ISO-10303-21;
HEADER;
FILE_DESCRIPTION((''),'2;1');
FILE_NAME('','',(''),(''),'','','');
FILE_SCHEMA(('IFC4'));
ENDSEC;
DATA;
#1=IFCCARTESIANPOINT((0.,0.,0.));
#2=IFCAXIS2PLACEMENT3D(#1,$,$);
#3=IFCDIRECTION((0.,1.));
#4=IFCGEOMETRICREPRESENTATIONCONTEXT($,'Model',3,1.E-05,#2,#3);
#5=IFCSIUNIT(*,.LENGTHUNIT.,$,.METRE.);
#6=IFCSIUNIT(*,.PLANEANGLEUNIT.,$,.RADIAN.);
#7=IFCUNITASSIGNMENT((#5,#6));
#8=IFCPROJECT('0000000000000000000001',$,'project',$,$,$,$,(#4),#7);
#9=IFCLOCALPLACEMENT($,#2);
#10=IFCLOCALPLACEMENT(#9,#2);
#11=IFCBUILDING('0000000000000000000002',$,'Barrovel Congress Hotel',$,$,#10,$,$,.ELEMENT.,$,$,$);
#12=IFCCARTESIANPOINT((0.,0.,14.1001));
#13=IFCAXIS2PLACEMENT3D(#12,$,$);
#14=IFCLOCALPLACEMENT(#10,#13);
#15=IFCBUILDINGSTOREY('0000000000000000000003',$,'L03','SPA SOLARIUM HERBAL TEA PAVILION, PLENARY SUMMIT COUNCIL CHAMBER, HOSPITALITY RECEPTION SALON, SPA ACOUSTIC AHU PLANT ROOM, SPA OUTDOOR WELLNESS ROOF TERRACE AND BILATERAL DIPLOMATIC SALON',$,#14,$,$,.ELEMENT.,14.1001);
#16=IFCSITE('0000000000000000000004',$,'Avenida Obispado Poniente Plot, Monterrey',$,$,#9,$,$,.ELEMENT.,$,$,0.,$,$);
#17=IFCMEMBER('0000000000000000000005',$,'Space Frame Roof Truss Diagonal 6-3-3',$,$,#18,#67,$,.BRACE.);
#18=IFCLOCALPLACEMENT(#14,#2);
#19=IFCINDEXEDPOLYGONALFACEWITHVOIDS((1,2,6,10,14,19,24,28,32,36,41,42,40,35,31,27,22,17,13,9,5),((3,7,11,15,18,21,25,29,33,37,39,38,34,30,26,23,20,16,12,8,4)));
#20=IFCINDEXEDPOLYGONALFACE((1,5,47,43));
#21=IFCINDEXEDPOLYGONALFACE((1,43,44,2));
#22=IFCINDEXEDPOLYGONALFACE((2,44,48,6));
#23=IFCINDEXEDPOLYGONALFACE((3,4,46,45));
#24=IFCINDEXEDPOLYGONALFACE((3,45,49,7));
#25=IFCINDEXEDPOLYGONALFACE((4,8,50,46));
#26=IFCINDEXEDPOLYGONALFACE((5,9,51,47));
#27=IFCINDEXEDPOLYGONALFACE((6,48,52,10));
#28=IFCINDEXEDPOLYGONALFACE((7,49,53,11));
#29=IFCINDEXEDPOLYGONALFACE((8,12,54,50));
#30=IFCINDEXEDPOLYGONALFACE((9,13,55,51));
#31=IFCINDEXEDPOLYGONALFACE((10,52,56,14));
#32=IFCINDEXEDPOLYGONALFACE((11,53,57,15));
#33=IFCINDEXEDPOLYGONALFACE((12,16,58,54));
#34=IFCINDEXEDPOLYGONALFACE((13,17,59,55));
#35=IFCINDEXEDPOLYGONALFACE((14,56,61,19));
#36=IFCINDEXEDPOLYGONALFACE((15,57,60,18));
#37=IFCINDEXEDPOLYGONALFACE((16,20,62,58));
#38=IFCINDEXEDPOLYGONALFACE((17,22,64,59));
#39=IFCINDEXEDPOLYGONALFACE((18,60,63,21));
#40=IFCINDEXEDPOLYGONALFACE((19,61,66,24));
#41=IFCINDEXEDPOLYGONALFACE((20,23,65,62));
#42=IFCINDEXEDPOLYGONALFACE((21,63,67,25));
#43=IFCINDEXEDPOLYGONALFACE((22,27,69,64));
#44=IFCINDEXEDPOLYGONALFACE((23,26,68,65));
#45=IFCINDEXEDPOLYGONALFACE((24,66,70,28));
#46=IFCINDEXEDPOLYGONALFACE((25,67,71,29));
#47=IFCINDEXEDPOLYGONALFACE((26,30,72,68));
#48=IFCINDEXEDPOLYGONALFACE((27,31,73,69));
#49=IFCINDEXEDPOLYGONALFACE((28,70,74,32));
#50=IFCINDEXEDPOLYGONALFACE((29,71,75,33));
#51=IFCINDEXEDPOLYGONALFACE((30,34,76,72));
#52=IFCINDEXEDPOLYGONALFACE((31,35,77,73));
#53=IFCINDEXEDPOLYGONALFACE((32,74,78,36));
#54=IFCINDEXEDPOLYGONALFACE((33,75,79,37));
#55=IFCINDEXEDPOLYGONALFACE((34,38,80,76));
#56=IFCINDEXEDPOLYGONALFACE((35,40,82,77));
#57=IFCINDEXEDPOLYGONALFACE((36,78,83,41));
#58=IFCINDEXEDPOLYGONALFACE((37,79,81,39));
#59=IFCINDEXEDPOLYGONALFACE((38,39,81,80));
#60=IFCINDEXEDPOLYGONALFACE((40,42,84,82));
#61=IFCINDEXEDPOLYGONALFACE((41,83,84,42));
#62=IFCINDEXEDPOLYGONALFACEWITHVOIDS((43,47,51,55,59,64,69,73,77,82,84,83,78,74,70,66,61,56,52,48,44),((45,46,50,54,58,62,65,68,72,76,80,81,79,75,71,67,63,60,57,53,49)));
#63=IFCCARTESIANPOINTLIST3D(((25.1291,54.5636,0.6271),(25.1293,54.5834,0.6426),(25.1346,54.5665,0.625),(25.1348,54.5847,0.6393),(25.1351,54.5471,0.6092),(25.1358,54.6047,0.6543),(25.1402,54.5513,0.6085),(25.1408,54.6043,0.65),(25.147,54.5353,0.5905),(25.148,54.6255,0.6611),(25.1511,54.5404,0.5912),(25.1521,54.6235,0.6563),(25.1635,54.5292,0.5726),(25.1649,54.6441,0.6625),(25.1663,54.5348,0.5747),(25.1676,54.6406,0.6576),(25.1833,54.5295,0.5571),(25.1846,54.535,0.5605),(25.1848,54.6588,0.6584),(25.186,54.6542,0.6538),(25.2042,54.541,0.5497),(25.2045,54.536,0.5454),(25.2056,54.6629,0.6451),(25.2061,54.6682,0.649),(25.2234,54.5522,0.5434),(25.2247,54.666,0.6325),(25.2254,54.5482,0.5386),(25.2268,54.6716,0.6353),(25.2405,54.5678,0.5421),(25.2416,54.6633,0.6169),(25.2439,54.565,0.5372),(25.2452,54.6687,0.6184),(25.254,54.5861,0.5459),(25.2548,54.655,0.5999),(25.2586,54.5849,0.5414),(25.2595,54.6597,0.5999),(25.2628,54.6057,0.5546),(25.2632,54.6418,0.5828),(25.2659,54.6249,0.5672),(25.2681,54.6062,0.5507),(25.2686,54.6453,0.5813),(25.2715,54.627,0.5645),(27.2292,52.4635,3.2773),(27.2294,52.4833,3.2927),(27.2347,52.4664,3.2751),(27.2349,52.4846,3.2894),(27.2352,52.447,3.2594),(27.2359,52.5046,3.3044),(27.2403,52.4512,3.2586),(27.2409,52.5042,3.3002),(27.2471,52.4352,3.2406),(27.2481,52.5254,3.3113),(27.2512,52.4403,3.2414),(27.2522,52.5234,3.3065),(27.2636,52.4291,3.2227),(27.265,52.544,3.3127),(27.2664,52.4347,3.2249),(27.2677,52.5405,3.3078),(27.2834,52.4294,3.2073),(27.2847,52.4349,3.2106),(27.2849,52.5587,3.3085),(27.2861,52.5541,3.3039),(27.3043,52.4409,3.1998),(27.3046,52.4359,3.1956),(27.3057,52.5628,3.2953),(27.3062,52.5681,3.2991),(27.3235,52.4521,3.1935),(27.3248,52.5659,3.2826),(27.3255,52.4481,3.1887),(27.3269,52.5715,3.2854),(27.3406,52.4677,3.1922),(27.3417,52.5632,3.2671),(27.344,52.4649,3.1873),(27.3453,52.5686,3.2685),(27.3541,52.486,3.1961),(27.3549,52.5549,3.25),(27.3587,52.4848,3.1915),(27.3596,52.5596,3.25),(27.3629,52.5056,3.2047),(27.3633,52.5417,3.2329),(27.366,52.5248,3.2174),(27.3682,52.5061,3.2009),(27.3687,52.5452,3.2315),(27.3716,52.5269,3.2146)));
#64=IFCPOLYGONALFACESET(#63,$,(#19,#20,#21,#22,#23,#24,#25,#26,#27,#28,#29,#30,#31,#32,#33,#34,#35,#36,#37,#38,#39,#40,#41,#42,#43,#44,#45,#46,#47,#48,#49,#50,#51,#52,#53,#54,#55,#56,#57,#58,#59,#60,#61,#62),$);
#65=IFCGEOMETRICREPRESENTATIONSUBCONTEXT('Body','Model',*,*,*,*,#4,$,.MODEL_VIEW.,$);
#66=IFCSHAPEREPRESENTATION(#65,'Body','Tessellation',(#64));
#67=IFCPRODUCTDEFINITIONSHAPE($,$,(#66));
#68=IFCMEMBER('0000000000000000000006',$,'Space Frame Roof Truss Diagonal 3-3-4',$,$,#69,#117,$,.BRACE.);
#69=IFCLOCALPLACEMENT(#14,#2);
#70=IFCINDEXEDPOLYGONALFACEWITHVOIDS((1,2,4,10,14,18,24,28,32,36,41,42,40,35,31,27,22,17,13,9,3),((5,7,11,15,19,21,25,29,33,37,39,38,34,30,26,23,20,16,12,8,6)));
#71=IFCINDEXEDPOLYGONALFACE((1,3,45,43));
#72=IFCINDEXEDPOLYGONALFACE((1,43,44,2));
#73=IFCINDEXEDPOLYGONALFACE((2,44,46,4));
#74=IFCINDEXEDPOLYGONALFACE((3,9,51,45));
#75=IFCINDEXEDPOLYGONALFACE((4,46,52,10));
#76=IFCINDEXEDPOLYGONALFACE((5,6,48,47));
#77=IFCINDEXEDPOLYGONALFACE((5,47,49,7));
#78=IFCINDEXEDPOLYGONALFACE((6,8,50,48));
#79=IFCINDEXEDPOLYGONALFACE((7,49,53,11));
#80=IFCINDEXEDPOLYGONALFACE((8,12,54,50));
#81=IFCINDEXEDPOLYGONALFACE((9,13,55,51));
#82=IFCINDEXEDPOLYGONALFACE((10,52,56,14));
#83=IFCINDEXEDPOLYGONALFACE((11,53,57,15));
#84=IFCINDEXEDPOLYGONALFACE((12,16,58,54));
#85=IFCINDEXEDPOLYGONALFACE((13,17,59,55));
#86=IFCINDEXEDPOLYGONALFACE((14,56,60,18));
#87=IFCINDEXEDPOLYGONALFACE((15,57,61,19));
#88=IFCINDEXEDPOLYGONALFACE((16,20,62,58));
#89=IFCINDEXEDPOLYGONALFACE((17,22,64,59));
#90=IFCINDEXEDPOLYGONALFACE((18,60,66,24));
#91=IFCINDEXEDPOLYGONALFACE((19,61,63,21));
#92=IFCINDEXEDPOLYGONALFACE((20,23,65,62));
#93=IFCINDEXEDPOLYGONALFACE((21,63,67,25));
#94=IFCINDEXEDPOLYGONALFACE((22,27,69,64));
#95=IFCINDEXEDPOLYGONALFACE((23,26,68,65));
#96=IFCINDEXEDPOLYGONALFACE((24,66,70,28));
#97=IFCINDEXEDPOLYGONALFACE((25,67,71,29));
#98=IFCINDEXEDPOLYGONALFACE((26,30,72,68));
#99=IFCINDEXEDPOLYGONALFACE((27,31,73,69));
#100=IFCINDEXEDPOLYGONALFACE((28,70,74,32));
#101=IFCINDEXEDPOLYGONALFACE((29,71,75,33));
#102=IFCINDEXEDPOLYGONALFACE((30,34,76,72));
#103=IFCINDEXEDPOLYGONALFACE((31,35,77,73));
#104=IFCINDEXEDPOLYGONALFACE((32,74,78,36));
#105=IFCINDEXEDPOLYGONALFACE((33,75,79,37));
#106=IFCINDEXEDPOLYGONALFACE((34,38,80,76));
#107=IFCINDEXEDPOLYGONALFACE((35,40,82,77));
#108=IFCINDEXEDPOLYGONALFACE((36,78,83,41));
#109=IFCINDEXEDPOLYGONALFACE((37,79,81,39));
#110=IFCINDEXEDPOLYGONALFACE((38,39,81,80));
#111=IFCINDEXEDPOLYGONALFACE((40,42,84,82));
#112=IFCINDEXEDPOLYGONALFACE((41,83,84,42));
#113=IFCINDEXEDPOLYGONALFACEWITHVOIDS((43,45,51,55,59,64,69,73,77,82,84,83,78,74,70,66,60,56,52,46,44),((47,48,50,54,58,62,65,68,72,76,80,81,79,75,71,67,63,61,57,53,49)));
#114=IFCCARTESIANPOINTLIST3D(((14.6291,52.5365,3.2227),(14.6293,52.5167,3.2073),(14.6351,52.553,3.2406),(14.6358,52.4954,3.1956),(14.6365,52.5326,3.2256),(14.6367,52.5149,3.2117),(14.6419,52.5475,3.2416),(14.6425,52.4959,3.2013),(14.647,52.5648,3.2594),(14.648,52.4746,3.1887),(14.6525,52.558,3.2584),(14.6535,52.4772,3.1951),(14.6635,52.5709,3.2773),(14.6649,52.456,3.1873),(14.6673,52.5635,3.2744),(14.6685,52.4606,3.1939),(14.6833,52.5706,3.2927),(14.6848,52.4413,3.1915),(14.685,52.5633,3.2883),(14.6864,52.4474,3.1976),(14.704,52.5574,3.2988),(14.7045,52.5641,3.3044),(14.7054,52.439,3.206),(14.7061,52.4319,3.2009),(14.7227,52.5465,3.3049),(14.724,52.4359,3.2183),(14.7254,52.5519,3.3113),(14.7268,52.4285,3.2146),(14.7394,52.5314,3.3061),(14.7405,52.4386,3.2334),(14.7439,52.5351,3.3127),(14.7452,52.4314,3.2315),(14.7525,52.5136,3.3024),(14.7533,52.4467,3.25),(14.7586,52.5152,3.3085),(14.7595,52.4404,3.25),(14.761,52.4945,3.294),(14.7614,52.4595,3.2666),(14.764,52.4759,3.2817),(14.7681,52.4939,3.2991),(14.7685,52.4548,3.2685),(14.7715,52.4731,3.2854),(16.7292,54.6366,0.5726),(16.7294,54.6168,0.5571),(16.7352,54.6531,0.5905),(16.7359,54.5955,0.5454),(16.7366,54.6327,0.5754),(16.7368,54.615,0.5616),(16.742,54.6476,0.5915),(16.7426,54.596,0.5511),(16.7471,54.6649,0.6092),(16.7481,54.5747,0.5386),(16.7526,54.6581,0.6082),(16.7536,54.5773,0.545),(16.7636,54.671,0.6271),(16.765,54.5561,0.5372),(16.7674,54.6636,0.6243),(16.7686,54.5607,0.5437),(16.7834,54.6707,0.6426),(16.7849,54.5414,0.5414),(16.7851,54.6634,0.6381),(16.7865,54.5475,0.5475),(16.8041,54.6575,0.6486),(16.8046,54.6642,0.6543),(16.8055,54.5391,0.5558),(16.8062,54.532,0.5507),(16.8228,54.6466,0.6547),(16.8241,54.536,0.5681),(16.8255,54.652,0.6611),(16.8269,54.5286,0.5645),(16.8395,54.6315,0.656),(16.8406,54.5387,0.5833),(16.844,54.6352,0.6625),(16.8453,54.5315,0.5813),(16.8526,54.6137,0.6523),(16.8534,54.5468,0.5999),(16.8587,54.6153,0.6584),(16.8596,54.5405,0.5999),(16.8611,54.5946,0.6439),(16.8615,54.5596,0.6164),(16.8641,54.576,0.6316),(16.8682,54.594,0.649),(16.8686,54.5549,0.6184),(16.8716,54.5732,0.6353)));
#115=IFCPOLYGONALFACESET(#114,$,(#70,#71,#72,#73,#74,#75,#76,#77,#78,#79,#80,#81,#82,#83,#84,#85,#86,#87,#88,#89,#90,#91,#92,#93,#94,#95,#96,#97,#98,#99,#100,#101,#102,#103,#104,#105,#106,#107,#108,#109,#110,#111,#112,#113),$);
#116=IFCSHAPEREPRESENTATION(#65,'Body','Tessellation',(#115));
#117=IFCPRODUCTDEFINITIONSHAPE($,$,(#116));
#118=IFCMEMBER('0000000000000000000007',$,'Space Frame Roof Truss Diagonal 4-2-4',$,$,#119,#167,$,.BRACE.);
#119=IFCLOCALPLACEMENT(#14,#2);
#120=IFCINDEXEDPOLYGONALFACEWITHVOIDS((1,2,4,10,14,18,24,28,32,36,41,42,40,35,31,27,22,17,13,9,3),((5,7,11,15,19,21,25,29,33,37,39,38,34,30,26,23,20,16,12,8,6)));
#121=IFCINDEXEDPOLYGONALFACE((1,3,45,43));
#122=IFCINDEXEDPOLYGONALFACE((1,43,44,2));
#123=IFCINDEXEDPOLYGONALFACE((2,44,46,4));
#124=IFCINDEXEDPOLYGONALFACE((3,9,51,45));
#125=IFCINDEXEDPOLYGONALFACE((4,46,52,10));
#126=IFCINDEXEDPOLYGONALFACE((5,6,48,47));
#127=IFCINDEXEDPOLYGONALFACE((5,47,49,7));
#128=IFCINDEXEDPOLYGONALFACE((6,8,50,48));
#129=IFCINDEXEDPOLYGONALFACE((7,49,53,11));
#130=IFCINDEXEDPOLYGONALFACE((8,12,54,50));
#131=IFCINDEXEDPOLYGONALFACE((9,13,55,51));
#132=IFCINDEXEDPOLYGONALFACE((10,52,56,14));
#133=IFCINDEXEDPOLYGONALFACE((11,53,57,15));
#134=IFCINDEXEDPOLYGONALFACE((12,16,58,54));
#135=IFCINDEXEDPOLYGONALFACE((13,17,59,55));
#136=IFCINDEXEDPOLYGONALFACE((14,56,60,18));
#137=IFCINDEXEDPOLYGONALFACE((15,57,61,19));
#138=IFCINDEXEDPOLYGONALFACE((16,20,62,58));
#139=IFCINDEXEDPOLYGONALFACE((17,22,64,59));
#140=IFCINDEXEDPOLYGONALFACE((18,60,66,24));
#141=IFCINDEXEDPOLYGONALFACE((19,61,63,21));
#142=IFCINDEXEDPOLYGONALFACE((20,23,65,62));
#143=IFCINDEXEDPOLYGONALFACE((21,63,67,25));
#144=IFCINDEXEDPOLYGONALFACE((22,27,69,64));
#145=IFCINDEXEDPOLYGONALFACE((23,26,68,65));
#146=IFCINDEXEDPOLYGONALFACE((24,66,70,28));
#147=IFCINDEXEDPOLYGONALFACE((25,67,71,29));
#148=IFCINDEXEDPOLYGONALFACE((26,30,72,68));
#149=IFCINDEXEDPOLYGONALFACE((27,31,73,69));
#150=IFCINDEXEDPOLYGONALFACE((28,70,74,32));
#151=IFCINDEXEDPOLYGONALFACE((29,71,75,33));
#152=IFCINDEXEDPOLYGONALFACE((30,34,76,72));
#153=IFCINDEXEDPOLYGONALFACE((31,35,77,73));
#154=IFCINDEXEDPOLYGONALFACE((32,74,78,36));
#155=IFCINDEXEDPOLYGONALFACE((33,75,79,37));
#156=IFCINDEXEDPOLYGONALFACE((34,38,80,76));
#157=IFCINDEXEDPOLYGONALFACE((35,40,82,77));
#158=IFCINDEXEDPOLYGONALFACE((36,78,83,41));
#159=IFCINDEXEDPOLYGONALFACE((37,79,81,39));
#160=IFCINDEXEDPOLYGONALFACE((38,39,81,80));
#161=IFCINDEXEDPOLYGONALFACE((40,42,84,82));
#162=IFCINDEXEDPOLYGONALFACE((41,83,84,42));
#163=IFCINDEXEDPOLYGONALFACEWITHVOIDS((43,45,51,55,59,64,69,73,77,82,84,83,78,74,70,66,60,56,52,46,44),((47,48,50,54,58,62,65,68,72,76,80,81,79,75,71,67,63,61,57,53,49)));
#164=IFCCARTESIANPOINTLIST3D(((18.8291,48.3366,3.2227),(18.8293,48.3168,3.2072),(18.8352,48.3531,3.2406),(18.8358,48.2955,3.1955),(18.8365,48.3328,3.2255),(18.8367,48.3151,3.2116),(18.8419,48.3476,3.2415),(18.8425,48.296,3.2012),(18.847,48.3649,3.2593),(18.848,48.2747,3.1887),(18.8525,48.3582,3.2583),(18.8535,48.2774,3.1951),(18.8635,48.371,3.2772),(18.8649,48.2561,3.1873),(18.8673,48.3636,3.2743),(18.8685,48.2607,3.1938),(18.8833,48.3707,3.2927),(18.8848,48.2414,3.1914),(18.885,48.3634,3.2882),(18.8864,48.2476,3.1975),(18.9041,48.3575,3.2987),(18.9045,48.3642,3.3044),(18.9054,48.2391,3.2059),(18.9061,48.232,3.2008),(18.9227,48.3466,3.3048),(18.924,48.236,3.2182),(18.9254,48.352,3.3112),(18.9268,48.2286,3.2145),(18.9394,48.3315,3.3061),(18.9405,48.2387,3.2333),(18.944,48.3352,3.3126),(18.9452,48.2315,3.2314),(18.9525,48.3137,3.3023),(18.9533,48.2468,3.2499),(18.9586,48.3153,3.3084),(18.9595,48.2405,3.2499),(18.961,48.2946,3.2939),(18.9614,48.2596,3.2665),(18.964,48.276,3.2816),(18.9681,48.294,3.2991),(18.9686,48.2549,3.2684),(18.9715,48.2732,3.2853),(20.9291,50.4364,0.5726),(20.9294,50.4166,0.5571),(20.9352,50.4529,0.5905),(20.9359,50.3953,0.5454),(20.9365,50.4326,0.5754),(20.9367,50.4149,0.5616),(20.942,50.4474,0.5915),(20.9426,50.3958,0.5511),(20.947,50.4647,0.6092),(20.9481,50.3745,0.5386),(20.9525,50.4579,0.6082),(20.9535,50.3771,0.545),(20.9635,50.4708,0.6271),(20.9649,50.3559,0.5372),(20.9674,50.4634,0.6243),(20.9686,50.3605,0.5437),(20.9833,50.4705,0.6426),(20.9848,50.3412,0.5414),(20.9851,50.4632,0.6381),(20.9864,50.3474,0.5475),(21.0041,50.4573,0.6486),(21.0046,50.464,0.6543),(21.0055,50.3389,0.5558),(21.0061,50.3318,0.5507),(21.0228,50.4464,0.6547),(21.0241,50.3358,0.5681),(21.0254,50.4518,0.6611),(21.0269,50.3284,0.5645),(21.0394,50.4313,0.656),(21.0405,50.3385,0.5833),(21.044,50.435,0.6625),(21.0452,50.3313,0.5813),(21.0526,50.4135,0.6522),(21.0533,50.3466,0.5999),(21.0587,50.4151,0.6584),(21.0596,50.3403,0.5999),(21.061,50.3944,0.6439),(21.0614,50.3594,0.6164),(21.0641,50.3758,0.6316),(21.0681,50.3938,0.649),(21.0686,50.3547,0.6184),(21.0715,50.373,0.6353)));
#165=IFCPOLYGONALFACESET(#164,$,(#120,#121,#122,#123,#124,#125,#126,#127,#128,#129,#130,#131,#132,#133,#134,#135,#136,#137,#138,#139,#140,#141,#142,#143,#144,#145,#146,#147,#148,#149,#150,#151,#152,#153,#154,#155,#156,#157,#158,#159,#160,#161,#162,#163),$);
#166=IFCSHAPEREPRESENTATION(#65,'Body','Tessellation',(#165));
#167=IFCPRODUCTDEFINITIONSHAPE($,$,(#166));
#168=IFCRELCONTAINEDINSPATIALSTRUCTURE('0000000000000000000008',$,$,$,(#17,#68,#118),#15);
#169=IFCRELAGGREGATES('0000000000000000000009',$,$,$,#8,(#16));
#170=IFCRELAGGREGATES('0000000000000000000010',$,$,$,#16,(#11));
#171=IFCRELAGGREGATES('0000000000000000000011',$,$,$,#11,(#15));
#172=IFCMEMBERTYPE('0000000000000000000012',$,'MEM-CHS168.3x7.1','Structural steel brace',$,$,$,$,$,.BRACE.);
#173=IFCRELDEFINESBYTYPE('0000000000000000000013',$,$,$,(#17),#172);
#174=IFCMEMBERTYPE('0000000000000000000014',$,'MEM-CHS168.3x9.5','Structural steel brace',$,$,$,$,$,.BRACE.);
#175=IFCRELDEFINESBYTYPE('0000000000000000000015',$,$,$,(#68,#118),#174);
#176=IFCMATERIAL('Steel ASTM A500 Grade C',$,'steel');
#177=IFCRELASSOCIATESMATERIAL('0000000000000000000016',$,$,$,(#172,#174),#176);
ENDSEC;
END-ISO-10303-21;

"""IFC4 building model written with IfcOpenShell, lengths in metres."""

from ifc_helpers import new_model, si_unit, direction, frame, origin, origin_2d, place, context, subcontext, project, spatial, hollow_circle, extrude, material, material_profile, profile_set, type_object, element, save


model = new_model("IFC4")

# Units and contexts
model_context = context("Model", 3, precision=1e-05, world=origin(), true_north=direction((0.0, 1.0)))
body_context = subcontext(model_context, "Body", "Model", "MODEL_VIEW")
ifc_project = project(units=[si_unit("LENGTHUNIT", "METRE"), si_unit("PLANEANGLEUNIT", "RADIAN")], contexts=[model_context])

# Site, building, storey
site_placement = place(None, origin())
site = spatial("IfcSite", under=ifc_project, at=site_placement, Name="Avenida Obispado Poniente Plot, Monterrey", CompositionType="ELEMENT", RefElevation=0.0)
building_placement = place(site_placement, origin())
building = spatial("IfcBuilding", under=site, at=building_placement, Name="Barrovel Congress Hotel", CompositionType="ELEMENT")
storey_placement = place(building_placement, frame((0.0, 0.0, 14.1001)))
storey = spatial("IfcBuildingStorey", under=building, at=storey_placement, Name="L03", Description="SPA SOLARIUM HERBAL TEA PAVILION, PLENARY SUMMIT COUNCIL CHAMBER, HOSPITALITY RECEPTION SALON, SPA ACOUSTIC AHU PLANT ROOM, SPA OUTDOOR WELLNESS ROOF TERRACE AND BILATERAL DIPLOMATIC SALON", CompositionType="ELEMENT", Elevation=14.1001)

# Members
ifc_material_1 = material(Name="Steel ASTM A500 Grade C", Category="steel")
ifc_material_profile_1 = material_profile(ifc_material_1, hollow_circle(Radius=0.0842, WallThickness=0.0066, at=origin_2d()), Name="CHS168.3x7.1")
ifc_profile_set_1 = profile_set([ifc_material_profile_1], Name="Steel ASTM A500 Grade C")
member_type_1 = type_object("IfcMemberType", Name="MEM-CHS168.3x7.1", Description="Structural steel brace", PredefinedType="BRACE", material=ifc_profile_set_1)
for number, where, z_axis, x_axis, name in (
    (1, (25.2, 54.6001, 0.5999), (0.527601, -0.527601, 0.665788), (0.707107, 0.707107, 0.0), "Space Frame Roof Truss Diagonal 6-3-3"),
):
    element("IfcMember", number, at=place(storey_placement, frame(where, z_axis=z_axis, x_axis=x_axis)), inside=storey, type_object=member_type_1, Name=name, PredefinedType="BRACE", context=body_context, shape_type="SweptSolid", body=[
        extrude(hollow_circle(Radius=0.0842, WallThickness=0.0066, at=origin_2d()), origin(), (0.0, 0.0, 1.0), 3.9805),
    ])
ifc_material_profile_2 = material_profile(ifc_material_1, hollow_circle(Radius=0.0842, WallThickness=0.0088, at=origin_2d()), Name="CHS168.3x9.5")
ifc_profile_set_2 = profile_set([ifc_material_profile_2], Name="Steel ASTM A500 Grade C")
member_type_2 = type_object("IfcMemberType", Name="MEM-CHS168.3x9.5", Description="Structural steel brace", PredefinedType="BRACE", material=ifc_profile_set_2)
member_1_placement = place(storey_placement, frame((16.8, 54.6001, 0.5999), z_axis=(-0.527601, -0.527601, 0.665788), x_axis=(0.707107, -0.707107, 0.0)))
element("IfcMember", 2, at=member_1_placement, inside=storey, type_object=member_type_2, Name="Space Frame Roof Truss Diagonal 3-3-4", PredefinedType="BRACE", context=body_context, shape_type="SweptSolid", body=[
    extrude(hollow_circle(Radius=0.0842, WallThickness=0.0088, at=origin_2d()), origin(), (0.0, 0.0, 1.0), 3.9805),
])
for number, where, z_axis, x_axis, name in (
    (3, (21.0, 50.3999, 0.5999), (-0.527618, -0.527557, 0.66581), (0.707066, -0.707148, 0.0), "Space Frame Roof Truss Diagonal 4-2-4"),
):
    element("IfcMember", number, at=place(storey_placement, frame(where, z_axis=z_axis, x_axis=x_axis)), inside=storey, type_object=member_type_2, Name=name, PredefinedType="BRACE", context=body_context, shape_type="SweptSolid", body=[
        extrude(hollow_circle(Radius=0.0842, WallThickness=0.0088, at=origin_2d()), origin(), (0.0, 0.0, 1.0), 3.9802),
    ])

save(model, "model.ifc")
